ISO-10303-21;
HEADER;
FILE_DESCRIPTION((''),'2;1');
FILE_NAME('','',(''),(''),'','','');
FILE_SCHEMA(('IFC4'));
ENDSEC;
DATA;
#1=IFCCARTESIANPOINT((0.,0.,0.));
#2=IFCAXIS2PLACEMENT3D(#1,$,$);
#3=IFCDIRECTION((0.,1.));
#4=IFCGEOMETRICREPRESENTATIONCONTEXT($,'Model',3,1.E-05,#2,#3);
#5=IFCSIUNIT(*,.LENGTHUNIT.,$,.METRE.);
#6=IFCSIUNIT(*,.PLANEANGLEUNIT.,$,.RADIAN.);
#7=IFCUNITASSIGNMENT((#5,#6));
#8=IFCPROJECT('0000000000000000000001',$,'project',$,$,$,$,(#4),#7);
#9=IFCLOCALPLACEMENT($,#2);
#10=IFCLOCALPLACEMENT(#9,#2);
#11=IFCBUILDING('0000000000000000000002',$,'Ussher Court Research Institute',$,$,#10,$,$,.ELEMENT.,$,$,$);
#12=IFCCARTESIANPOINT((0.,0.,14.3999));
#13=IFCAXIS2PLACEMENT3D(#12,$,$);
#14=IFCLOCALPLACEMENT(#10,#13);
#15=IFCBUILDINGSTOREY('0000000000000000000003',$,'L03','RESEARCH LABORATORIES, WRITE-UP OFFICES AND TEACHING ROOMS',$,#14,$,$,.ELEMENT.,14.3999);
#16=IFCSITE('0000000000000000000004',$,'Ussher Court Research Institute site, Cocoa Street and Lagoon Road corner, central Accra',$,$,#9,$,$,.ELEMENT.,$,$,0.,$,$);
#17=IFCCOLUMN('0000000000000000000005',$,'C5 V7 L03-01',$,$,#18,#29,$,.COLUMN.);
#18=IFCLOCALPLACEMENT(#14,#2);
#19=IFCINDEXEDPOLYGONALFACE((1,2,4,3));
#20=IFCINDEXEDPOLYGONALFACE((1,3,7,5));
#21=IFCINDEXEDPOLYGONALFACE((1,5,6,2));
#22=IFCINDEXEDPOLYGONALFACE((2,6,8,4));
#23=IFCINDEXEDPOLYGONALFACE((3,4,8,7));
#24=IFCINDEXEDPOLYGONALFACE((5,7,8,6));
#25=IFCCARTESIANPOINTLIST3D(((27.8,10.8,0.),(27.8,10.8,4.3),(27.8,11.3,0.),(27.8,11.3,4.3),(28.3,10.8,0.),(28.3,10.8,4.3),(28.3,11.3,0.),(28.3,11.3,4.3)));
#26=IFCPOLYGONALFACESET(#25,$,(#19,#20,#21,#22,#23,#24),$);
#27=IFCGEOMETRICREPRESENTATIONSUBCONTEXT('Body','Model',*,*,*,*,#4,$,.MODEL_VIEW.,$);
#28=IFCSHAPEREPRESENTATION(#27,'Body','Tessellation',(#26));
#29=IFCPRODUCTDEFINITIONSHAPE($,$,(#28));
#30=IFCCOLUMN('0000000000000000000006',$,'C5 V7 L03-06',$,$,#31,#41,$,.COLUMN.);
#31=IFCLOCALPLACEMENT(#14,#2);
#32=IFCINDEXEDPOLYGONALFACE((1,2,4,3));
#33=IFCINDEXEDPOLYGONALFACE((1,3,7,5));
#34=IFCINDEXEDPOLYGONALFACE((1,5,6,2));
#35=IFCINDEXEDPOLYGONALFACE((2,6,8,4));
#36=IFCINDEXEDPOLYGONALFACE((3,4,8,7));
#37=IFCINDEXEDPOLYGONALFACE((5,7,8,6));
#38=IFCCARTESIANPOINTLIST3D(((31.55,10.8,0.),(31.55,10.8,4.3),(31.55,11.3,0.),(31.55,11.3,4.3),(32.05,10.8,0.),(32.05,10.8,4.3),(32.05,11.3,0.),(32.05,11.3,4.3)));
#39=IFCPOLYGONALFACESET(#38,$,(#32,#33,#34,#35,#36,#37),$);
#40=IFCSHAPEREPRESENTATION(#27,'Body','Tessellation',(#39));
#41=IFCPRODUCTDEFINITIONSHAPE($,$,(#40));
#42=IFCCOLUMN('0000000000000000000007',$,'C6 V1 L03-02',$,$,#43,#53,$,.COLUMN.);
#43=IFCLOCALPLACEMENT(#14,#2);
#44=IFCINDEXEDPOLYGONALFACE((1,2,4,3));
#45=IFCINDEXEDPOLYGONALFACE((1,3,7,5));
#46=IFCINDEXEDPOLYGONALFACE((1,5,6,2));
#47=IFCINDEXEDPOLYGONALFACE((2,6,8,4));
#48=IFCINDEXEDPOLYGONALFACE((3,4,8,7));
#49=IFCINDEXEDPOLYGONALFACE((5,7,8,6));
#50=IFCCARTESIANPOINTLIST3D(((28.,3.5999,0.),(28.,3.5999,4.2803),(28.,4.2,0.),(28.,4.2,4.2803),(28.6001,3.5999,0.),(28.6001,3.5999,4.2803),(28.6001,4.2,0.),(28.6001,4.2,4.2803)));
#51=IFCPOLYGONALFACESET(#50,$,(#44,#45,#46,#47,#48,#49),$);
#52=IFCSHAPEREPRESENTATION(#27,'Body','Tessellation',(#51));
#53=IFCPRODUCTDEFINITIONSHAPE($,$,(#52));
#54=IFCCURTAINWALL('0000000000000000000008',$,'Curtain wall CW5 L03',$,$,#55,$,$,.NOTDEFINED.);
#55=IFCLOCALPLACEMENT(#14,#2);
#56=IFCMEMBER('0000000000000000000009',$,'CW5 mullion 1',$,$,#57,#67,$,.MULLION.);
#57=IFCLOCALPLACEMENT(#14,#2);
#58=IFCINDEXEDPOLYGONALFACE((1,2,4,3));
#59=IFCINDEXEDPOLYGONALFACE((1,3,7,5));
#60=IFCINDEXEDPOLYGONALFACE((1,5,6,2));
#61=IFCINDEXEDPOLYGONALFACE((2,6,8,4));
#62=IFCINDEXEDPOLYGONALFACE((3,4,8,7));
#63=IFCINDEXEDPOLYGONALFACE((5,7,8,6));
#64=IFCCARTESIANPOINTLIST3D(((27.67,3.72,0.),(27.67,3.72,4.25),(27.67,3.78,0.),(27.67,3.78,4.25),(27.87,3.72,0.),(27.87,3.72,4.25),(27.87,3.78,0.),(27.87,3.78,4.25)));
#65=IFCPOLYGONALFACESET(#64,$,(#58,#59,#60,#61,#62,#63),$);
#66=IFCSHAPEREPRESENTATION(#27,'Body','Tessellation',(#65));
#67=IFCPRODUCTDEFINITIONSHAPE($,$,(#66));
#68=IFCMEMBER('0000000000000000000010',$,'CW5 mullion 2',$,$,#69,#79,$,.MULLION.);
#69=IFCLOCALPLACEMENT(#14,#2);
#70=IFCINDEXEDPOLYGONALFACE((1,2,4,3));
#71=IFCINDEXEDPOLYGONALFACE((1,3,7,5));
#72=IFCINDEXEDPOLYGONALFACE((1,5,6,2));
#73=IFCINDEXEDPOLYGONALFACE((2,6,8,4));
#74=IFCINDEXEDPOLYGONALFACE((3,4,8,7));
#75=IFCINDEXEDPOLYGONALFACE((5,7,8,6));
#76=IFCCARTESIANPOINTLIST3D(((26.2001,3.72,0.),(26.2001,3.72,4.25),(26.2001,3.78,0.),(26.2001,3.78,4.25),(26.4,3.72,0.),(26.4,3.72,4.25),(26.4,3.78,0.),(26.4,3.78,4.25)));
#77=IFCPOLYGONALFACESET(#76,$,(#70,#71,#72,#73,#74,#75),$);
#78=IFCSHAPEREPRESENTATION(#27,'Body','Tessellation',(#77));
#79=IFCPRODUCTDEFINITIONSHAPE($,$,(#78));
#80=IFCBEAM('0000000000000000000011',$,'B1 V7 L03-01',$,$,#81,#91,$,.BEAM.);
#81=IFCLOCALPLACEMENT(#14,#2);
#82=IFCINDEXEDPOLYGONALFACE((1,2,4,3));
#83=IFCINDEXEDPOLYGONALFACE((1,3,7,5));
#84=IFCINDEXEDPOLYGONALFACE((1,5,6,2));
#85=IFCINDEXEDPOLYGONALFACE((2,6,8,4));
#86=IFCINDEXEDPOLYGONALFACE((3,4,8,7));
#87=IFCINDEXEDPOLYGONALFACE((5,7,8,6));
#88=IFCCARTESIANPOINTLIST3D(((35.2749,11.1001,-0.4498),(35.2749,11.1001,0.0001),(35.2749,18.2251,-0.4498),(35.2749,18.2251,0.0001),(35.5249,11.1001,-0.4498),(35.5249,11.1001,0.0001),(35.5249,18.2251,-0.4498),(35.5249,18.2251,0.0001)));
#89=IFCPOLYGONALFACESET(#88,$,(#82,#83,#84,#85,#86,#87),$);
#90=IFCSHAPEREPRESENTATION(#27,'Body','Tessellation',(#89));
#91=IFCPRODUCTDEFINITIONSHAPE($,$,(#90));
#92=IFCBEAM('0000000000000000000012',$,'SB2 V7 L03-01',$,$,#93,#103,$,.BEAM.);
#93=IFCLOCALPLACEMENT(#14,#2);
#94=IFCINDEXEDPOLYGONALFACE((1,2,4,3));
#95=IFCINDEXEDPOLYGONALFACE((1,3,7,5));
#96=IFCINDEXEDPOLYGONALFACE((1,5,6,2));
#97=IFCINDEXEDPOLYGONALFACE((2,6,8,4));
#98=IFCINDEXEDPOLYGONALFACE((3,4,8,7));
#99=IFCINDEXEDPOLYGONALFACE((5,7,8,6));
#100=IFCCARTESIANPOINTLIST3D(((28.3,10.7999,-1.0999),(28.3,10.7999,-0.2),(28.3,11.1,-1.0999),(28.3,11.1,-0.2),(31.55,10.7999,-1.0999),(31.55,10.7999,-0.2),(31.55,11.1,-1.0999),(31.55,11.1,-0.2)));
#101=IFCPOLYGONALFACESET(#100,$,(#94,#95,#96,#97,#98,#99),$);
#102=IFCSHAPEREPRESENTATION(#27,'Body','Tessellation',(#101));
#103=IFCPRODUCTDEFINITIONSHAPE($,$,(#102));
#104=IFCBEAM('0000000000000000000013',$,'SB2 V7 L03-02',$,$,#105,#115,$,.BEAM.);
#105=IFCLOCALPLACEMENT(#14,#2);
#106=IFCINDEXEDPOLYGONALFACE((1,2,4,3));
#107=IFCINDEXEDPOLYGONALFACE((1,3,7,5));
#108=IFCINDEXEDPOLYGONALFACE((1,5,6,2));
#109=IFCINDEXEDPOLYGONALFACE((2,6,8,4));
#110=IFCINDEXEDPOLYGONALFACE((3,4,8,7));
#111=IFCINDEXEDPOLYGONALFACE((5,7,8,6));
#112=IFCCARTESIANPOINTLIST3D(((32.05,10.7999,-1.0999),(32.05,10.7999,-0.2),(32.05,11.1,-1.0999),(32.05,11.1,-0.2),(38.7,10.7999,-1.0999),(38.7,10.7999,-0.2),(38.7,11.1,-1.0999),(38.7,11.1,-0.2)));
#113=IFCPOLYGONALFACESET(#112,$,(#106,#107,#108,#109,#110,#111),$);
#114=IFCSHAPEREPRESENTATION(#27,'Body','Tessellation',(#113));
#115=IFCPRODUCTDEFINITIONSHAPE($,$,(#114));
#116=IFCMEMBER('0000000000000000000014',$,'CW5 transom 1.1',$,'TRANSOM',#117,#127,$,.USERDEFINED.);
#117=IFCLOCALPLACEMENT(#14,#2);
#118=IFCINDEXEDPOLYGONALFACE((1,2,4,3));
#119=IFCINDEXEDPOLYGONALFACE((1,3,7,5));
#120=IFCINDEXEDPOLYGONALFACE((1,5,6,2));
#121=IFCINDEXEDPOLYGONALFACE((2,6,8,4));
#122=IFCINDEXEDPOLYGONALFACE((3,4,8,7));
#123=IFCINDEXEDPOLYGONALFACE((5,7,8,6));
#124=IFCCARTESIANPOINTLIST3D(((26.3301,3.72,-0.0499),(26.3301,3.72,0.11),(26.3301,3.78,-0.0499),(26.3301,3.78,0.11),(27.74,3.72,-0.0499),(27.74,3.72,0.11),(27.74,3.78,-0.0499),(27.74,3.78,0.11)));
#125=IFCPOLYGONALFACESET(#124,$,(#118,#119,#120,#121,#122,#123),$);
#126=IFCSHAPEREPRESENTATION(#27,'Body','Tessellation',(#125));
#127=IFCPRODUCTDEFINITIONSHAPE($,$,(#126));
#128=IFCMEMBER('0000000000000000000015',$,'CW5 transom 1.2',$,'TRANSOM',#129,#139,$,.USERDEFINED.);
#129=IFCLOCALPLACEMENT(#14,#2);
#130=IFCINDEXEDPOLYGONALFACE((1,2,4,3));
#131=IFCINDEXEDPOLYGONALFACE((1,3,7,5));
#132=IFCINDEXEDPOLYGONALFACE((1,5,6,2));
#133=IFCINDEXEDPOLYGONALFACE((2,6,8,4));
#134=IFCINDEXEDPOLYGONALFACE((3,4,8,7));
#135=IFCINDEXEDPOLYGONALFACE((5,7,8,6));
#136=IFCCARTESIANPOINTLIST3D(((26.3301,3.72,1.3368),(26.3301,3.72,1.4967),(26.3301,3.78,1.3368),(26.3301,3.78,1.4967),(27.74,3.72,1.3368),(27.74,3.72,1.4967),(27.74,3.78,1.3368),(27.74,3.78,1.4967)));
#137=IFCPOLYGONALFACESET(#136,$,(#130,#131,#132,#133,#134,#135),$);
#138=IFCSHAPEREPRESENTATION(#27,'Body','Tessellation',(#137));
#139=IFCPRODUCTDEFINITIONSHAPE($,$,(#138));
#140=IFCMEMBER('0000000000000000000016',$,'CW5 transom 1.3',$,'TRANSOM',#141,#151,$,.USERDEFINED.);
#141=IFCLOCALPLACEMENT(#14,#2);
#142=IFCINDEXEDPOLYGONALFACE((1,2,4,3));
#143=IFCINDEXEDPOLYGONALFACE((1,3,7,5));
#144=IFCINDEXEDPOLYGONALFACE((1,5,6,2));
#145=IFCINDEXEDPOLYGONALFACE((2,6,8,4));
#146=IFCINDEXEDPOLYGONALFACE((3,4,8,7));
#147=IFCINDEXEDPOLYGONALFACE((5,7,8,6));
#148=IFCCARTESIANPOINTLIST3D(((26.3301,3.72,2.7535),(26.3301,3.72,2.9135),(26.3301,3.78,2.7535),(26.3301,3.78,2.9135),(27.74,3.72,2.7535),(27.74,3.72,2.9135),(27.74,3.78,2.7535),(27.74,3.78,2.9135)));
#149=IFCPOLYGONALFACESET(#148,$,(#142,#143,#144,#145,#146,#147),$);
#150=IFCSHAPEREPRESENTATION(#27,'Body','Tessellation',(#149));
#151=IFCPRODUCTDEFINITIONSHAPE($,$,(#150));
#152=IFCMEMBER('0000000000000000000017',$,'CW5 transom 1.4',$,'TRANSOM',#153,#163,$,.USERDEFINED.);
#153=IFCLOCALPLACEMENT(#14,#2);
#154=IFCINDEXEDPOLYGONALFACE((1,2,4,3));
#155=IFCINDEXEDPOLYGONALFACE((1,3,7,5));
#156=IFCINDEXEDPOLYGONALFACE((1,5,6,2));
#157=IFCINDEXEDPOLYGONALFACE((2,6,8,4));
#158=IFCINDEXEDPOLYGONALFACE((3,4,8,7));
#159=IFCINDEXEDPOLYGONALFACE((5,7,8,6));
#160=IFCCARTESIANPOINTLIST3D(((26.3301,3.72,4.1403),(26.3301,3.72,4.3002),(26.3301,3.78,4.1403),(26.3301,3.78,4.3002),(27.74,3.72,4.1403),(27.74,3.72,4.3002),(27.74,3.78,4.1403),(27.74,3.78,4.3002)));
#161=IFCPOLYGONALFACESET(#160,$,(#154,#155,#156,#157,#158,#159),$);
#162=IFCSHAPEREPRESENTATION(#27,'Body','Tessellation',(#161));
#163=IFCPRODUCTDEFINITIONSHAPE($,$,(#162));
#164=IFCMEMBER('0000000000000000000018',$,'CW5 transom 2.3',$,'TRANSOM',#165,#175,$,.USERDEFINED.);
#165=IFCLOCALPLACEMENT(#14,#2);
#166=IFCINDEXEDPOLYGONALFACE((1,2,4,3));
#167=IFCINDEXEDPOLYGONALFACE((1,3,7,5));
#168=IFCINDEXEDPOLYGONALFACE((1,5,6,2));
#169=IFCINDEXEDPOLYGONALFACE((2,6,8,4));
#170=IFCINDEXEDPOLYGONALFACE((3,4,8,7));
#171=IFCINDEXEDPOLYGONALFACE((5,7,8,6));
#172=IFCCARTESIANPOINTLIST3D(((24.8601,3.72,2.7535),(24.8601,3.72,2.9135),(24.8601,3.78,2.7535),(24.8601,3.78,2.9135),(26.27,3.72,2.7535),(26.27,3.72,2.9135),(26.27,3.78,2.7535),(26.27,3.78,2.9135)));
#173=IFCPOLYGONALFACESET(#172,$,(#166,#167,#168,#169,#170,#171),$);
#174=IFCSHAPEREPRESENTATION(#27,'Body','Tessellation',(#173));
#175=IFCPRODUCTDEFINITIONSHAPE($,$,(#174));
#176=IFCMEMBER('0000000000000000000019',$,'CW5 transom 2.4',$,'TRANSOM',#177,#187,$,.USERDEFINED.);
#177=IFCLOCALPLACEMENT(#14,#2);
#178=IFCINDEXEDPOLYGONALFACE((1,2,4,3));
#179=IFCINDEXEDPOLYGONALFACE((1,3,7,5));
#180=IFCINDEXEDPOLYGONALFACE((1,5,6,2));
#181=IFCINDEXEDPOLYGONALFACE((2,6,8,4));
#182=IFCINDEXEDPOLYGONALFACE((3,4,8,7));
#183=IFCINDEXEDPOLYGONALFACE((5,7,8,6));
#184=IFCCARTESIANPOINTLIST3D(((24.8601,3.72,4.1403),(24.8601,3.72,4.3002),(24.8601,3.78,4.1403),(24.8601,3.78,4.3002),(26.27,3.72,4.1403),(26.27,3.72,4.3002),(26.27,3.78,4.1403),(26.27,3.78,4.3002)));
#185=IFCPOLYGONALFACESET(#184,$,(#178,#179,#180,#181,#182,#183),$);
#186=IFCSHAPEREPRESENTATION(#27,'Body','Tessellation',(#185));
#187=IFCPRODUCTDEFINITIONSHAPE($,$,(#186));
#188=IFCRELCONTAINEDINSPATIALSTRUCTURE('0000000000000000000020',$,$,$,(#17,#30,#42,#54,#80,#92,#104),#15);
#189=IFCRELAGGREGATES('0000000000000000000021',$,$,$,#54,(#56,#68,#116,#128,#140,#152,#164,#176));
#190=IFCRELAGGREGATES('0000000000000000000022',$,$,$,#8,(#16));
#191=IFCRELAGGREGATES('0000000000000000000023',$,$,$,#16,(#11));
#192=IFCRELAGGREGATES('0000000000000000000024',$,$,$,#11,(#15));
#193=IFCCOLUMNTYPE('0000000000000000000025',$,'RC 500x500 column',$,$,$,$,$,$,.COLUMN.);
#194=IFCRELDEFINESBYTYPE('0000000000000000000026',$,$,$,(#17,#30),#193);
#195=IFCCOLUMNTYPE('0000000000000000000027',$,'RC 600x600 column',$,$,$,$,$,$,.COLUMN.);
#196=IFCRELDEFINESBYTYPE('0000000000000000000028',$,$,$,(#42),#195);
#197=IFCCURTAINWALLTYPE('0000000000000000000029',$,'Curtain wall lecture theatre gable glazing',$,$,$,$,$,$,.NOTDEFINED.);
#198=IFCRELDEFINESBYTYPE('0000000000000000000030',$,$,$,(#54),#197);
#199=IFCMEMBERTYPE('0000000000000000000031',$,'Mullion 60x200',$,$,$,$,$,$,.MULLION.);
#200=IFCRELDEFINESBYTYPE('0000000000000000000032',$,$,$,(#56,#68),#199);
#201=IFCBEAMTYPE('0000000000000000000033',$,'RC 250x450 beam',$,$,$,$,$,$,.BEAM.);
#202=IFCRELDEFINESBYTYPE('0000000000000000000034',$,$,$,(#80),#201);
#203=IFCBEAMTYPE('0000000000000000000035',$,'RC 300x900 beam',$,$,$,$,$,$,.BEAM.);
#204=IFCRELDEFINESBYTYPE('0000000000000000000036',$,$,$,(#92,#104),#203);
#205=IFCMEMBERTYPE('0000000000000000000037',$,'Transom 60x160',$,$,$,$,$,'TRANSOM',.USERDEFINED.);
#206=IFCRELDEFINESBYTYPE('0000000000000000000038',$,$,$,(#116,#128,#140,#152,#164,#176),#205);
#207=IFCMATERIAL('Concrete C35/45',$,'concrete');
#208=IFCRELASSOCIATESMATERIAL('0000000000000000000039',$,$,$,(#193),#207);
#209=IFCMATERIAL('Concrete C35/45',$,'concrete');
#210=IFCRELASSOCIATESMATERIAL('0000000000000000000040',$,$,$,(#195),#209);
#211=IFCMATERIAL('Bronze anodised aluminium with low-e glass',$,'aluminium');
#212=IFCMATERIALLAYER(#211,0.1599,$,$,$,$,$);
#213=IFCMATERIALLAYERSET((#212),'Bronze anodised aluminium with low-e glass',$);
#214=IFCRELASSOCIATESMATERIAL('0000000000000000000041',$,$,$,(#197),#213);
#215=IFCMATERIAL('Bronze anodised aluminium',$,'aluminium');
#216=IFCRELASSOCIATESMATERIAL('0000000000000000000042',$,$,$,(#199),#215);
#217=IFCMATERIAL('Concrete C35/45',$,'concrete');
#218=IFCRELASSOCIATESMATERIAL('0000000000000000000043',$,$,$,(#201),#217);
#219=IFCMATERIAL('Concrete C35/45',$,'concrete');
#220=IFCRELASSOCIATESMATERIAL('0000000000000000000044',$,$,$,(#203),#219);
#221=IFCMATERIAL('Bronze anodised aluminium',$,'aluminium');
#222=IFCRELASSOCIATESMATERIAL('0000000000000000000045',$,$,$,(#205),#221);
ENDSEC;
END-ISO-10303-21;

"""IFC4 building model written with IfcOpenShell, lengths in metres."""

from ifc_helpers import new_model, si_unit, direction, frame, origin, origin_2d, place, context, subcontext, project, spatial, rectangle, extrude, material, layer, layer_set, material_profile, profile_set, type_object, element, aggregate, save


model = new_model("IFC4")

# Units and contexts
model_context = context("Model", 3, precision=1e-05, world=origin(), true_north=direction((0.0, 1.0)))
body_context = subcontext(model_context, "Body", "Model", "MODEL_VIEW")
ifc_project = project(units=[si_unit("LENGTHUNIT", "METRE"), si_unit("PLANEANGLEUNIT", "RADIAN")], contexts=[model_context])

# Site, building, storey
site_placement = place(None, origin())
site = spatial("IfcSite", under=ifc_project, at=site_placement, Name="Ussher Court Research Institute site, Cocoa Street and Lagoon Road corner, central Accra", CompositionType="ELEMENT", RefElevation=0.0)
building_placement = place(site_placement, origin())
building = spatial("IfcBuilding", under=site, at=building_placement, Name="Ussher Court Research Institute", CompositionType="ELEMENT")
storey_placement = place(building_placement, frame((0.0, 0.0, 14.3999)))
storey = spatial("IfcBuildingStorey", under=building, at=storey_placement, Name="L03", Description="RESEARCH LABORATORIES, WRITE-UP OFFICES AND TEACHING ROOMS", CompositionType="ELEMENT", Elevation=14.3999)

# Columns
ifc_material_1 = material(Name="Concrete C35/45", Category="concrete")
ifc_material_profile_1 = material_profile(ifc_material_1, rectangle(XDim=0.5, YDim=0.5, at=origin_2d()), Name="RC 500x500")
ifc_profile_set_1 = profile_set([ifc_material_profile_1], Name="Concrete C35/45")
column_type_1 = type_object("IfcColumnType", Name="RC 500x500 column", PredefinedType="COLUMN", material=ifc_profile_set_1)
for number, where, z_axis, x_axis, name in (
    (1, (28.05, 11.05, 0.0), (0.0, 0.0, 1.0), (1.0, 0.0, 0.0), "C5 V7 L03-01"),
    (2, (31.8, 11.05, 0.0), (0.0, 0.0, 1.0), (1.0, 0.0, 0.0), "C5 V7 L03-06"),
):
    element("IfcColumn", number, at=place(storey_placement, frame(where, z_axis=z_axis, x_axis=x_axis)), inside=storey, type_object=column_type_1, Name=name, PredefinedType="COLUMN", context=body_context, shape_type="SweptSolid", body=[
        extrude(rectangle(XDim=0.5, YDim=0.5, at=origin_2d()), origin(), (0.0, 0.0, 1.0), 4.3),
    ])
ifc_material_2 = material(Name="Concrete C35/45", Category="concrete")
ifc_material_profile_2 = material_profile(ifc_material_2, rectangle(XDim=0.6001, YDim=0.6001, at=origin_2d()), Name="RC 600x600")
ifc_profile_set_2 = profile_set([ifc_material_profile_2], Name="Concrete C35/45")
column_type_2 = type_object("IfcColumnType", Name="RC 600x600 column", PredefinedType="COLUMN", material=ifc_profile_set_2)
column_placement = place(storey_placement, frame((28.3, 3.8999, 0.0), z_axis=(0.0, 0.0, 1.0), x_axis=(1.0, 0.0, 0.0)))
element("IfcColumn", 3, at=column_placement, inside=storey, type_object=column_type_2, Name="C6 V1 L03-02", PredefinedType="COLUMN", context=body_context, shape_type="SweptSolid", body=[
    extrude(rectangle(XDim=0.6001, YDim=0.6001, at=origin_2d()), origin(), (0.0, 0.0, 1.0), 4.2803),
])

# Curtain wall, members
ifc_material_3 = material(Name="Bronze anodised aluminium with low-e glass", Category="aluminium")
ifc_layer_1 = layer(ifc_material_3, 0.1599)
ifc_layer_set_1 = layer_set([ifc_layer_1], Name="Bronze anodised aluminium with low-e glass")
curtain_wall_type = type_object("IfcCurtainWallType", Name="Curtain wall lecture theatre gable glazing", PredefinedType="NOTDEFINED", material=ifc_layer_set_1)
curtain_wall_placement = place(storey_placement, origin())
curtain_wall = element("IfcCurtainWall", 4, at=curtain_wall_placement, inside=storey, type_object=curtain_wall_type, Name="Curtain wall CW5 L03", PredefinedType="NOTDEFINED")
ifc_material_4 = material(Name="Bronze anodised aluminium", Category="aluminium")
ifc_material_profile_3 = material_profile(ifc_material_4, rectangle(XDim=0.0601, YDim=0.2, at=origin_2d()), Name="Mullion 60x200")
ifc_profile_set_3 = profile_set([ifc_material_profile_3], Name="Bronze anodised aluminium")
member_type_1 = type_object("IfcMemberType", Name="Mullion 60x200", PredefinedType="MULLION", material=ifc_profile_set_3)
member_1_placement = place(storey_placement, frame((27.77, 3.75, 0.0), z_axis=(0.0, 0.0, 1.0), x_axis=(0.0, -1.0, 0.0)))
member_1 = element("IfcMember", 5, at=member_1_placement, type_object=member_type_1, Name="CW5 mullion 1", PredefinedType="MULLION", context=body_context, shape_type="SweptSolid", body=[
    extrude(rectangle(XDim=0.0601, YDim=0.2, at=origin_2d()), origin(), (0.0, 0.0, 1.0), 4.25),
])
member_2_placement = place(storey_placement, frame((26.3, 3.75, 0.0), z_axis=(0.0, 0.0, 1.0), x_axis=(0.0, -1.0, 0.0)))
member_2 = element("IfcMember", 6, at=member_2_placement, type_object=member_type_1, Name="CW5 mullion 2", PredefinedType="MULLION", context=body_context, shape_type="SweptSolid", body=[
    extrude(rectangle(XDim=0.0601, YDim=0.2, at=origin_2d()), origin(), (0.0, 0.0, 1.0), 4.25),
])

# Beams
ifc_material_5 = material(Name="Concrete C35/45", Category="concrete")
ifc_material_profile_4 = material_profile(ifc_material_5, rectangle(XDim=0.25, YDim=0.45, at=origin_2d()), Name="RC 250x450")
ifc_profile_set_4 = profile_set([ifc_material_profile_4], Name="Concrete C35/45")
beam_type_1 = type_object("IfcBeamType", Name="RC 250x450 beam", PredefinedType="BEAM", material=ifc_profile_set_4)
beam_1_placement = place(storey_placement, frame((35.3999, 11.1001, -0.2249), z_axis=(0.0, 1.0, 0.0), x_axis=(-1.0, 0.0, 0.0)))
element("IfcBeam", 7, at=beam_1_placement, inside=storey, type_object=beam_type_1, Name="B1 V7 L03-01", PredefinedType="BEAM", context=body_context, shape_type="SweptSolid", body=[
    extrude(rectangle(XDim=0.25, YDim=0.45, at=origin_2d()), origin(), (0.0, 0.0, 1.0), 7.125),
])
ifc_material_6 = material(Name="Concrete C35/45", Category="concrete")
ifc_material_profile_5 = material_profile(ifc_material_6, rectangle(XDim=0.3, YDim=0.8999, at=origin_2d()), Name="RC 300x900")
ifc_profile_set_5 = profile_set([ifc_material_profile_5], Name="Concrete C35/45")
beam_type_2 = type_object("IfcBeamType", Name="RC 300x900 beam", PredefinedType="BEAM", material=ifc_profile_set_5)
beam_2_placement = place(storey_placement, frame((28.3, 10.95, -0.6499), z_axis=(1.0, 0.0, 0.0), x_axis=(0.0, 1.0, 0.0)))
element("IfcBeam", 8, at=beam_2_placement, inside=storey, type_object=beam_type_2, Name="SB2 V7 L03-01", PredefinedType="BEAM", context=body_context, shape_type="SweptSolid", body=[
    extrude(rectangle(XDim=0.3, YDim=0.8999, at=origin_2d()), origin(), (0.0, 0.0, 1.0), 3.25),
])
beam_3_placement = place(storey_placement, frame((32.05, 10.95, -0.6499), z_axis=(1.0, 0.0, 0.0), x_axis=(0.0, 1.0, 0.0)))
element("IfcBeam", 9, at=beam_3_placement, inside=storey, type_object=beam_type_2, Name="SB2 V7 L03-02", PredefinedType="BEAM", context=body_context, shape_type="SweptSolid", body=[
    extrude(rectangle(XDim=0.3, YDim=0.8999, at=origin_2d()), origin(), (0.0, 0.0, 1.0), 6.6499),
])

# Members
ifc_material_7 = material(Name="Bronze anodised aluminium", Category="aluminium")
ifc_material_profile_6 = material_profile(ifc_material_7, rectangle(XDim=0.0601, YDim=0.1599, at=origin_2d()), Name="Transom 60x160")
ifc_profile_set_6 = profile_set([ifc_material_profile_6], Name="Bronze anodised aluminium")
member_type_2 = type_object("IfcMemberType", Name="Transom 60x160", ElementType="TRANSOM", PredefinedType="USERDEFINED", material=ifc_profile_set_6)
member_3_placement = place(storey_placement, frame((27.74, 3.75, 0.03), z_axis=(-1.0, 0.0, 0.0), x_axis=(0.0, -1.0, 0.0)))
member_3 = element("IfcMember", 10, at=member_3_placement, type_object=member_type_2, Name="CW5 transom 1.1", ObjectType="TRANSOM", PredefinedType="USERDEFINED", context=body_context, shape_type="SweptSolid", body=[
    extrude(rectangle(XDim=0.0601, YDim=0.1599, at=origin_2d()), origin(), (0.0, 0.0, 1.0), 1.4099),
])
member_4_placement = place(storey_placement, frame((27.74, 3.75, 1.4167), z_axis=(-1.0, 0.0, 0.0), x_axis=(0.0, -1.0, 0.0)))
member_4 = element("IfcMember", 11, at=member_4_placement, type_object=member_type_2, Name="CW5 transom 1.2", ObjectType="TRANSOM", PredefinedType="USERDEFINED", context=body_context, shape_type="SweptSolid", body=[
    extrude(rectangle(XDim=0.0601, YDim=0.1599, at=origin_2d()), origin(), (0.0, 0.0, 1.0), 1.4099),
])
member_5_placement = place(storey_placement, frame((27.74, 3.75, 2.8335), z_axis=(-1.0, 0.0, 0.0), x_axis=(0.0, -1.0, 0.0)))
member_5 = element("IfcMember", 12, at=member_5_placement, type_object=member_type_2, Name="CW5 transom 1.3", ObjectType="TRANSOM", PredefinedType="USERDEFINED", context=body_context, shape_type="SweptSolid", body=[
    extrude(rectangle(XDim=0.0601, YDim=0.1599, at=origin_2d()), origin(), (0.0, 0.0, 1.0), 1.4099),
])
member_6_placement = place(storey_placement, frame((27.74, 3.75, 4.2202), z_axis=(-1.0, 0.0, 0.0), x_axis=(0.0, -1.0, 0.0)))
member_6 = element("IfcMember", 13, at=member_6_placement, type_object=member_type_2, Name="CW5 transom 1.4", ObjectType="TRANSOM", PredefinedType="USERDEFINED", context=body_context, shape_type="SweptSolid", body=[
    extrude(rectangle(XDim=0.0601, YDim=0.1599, at=origin_2d()), origin(), (0.0, 0.0, 1.0), 1.4099),
])
member_7_placement = place(storey_placement, frame((26.27, 3.75, 2.8335), z_axis=(-1.0, 0.0, 0.0), x_axis=(0.0, -1.0, 0.0)))
member_7 = element("IfcMember", 14, at=member_7_placement, type_object=member_type_2, Name="CW5 transom 2.3", ObjectType="TRANSOM", PredefinedType="USERDEFINED", context=body_context, shape_type="SweptSolid", body=[
    extrude(rectangle(XDim=0.0601, YDim=0.1599, at=origin_2d()), origin(), (0.0, 0.0, 1.0), 1.4099),
])
member_8_placement = place(storey_placement, frame((26.27, 3.75, 4.2202), z_axis=(-1.0, 0.0, 0.0), x_axis=(0.0, -1.0, 0.0)))
member_8 = element("IfcMember", 15, at=member_8_placement, type_object=member_type_2, Name="CW5 transom 2.4", ObjectType="TRANSOM", PredefinedType="USERDEFINED", context=body_context, shape_type="SweptSolid", body=[
    extrude(rectangle(XDim=0.0601, YDim=0.1599, at=origin_2d()), origin(), (0.0, 0.0, 1.0), 1.4099),
])

aggregate(curtain_wall, [member_1, member_2, member_3, member_4, member_5, member_6, member_7, member_8])

save(model, "model.ifc")
